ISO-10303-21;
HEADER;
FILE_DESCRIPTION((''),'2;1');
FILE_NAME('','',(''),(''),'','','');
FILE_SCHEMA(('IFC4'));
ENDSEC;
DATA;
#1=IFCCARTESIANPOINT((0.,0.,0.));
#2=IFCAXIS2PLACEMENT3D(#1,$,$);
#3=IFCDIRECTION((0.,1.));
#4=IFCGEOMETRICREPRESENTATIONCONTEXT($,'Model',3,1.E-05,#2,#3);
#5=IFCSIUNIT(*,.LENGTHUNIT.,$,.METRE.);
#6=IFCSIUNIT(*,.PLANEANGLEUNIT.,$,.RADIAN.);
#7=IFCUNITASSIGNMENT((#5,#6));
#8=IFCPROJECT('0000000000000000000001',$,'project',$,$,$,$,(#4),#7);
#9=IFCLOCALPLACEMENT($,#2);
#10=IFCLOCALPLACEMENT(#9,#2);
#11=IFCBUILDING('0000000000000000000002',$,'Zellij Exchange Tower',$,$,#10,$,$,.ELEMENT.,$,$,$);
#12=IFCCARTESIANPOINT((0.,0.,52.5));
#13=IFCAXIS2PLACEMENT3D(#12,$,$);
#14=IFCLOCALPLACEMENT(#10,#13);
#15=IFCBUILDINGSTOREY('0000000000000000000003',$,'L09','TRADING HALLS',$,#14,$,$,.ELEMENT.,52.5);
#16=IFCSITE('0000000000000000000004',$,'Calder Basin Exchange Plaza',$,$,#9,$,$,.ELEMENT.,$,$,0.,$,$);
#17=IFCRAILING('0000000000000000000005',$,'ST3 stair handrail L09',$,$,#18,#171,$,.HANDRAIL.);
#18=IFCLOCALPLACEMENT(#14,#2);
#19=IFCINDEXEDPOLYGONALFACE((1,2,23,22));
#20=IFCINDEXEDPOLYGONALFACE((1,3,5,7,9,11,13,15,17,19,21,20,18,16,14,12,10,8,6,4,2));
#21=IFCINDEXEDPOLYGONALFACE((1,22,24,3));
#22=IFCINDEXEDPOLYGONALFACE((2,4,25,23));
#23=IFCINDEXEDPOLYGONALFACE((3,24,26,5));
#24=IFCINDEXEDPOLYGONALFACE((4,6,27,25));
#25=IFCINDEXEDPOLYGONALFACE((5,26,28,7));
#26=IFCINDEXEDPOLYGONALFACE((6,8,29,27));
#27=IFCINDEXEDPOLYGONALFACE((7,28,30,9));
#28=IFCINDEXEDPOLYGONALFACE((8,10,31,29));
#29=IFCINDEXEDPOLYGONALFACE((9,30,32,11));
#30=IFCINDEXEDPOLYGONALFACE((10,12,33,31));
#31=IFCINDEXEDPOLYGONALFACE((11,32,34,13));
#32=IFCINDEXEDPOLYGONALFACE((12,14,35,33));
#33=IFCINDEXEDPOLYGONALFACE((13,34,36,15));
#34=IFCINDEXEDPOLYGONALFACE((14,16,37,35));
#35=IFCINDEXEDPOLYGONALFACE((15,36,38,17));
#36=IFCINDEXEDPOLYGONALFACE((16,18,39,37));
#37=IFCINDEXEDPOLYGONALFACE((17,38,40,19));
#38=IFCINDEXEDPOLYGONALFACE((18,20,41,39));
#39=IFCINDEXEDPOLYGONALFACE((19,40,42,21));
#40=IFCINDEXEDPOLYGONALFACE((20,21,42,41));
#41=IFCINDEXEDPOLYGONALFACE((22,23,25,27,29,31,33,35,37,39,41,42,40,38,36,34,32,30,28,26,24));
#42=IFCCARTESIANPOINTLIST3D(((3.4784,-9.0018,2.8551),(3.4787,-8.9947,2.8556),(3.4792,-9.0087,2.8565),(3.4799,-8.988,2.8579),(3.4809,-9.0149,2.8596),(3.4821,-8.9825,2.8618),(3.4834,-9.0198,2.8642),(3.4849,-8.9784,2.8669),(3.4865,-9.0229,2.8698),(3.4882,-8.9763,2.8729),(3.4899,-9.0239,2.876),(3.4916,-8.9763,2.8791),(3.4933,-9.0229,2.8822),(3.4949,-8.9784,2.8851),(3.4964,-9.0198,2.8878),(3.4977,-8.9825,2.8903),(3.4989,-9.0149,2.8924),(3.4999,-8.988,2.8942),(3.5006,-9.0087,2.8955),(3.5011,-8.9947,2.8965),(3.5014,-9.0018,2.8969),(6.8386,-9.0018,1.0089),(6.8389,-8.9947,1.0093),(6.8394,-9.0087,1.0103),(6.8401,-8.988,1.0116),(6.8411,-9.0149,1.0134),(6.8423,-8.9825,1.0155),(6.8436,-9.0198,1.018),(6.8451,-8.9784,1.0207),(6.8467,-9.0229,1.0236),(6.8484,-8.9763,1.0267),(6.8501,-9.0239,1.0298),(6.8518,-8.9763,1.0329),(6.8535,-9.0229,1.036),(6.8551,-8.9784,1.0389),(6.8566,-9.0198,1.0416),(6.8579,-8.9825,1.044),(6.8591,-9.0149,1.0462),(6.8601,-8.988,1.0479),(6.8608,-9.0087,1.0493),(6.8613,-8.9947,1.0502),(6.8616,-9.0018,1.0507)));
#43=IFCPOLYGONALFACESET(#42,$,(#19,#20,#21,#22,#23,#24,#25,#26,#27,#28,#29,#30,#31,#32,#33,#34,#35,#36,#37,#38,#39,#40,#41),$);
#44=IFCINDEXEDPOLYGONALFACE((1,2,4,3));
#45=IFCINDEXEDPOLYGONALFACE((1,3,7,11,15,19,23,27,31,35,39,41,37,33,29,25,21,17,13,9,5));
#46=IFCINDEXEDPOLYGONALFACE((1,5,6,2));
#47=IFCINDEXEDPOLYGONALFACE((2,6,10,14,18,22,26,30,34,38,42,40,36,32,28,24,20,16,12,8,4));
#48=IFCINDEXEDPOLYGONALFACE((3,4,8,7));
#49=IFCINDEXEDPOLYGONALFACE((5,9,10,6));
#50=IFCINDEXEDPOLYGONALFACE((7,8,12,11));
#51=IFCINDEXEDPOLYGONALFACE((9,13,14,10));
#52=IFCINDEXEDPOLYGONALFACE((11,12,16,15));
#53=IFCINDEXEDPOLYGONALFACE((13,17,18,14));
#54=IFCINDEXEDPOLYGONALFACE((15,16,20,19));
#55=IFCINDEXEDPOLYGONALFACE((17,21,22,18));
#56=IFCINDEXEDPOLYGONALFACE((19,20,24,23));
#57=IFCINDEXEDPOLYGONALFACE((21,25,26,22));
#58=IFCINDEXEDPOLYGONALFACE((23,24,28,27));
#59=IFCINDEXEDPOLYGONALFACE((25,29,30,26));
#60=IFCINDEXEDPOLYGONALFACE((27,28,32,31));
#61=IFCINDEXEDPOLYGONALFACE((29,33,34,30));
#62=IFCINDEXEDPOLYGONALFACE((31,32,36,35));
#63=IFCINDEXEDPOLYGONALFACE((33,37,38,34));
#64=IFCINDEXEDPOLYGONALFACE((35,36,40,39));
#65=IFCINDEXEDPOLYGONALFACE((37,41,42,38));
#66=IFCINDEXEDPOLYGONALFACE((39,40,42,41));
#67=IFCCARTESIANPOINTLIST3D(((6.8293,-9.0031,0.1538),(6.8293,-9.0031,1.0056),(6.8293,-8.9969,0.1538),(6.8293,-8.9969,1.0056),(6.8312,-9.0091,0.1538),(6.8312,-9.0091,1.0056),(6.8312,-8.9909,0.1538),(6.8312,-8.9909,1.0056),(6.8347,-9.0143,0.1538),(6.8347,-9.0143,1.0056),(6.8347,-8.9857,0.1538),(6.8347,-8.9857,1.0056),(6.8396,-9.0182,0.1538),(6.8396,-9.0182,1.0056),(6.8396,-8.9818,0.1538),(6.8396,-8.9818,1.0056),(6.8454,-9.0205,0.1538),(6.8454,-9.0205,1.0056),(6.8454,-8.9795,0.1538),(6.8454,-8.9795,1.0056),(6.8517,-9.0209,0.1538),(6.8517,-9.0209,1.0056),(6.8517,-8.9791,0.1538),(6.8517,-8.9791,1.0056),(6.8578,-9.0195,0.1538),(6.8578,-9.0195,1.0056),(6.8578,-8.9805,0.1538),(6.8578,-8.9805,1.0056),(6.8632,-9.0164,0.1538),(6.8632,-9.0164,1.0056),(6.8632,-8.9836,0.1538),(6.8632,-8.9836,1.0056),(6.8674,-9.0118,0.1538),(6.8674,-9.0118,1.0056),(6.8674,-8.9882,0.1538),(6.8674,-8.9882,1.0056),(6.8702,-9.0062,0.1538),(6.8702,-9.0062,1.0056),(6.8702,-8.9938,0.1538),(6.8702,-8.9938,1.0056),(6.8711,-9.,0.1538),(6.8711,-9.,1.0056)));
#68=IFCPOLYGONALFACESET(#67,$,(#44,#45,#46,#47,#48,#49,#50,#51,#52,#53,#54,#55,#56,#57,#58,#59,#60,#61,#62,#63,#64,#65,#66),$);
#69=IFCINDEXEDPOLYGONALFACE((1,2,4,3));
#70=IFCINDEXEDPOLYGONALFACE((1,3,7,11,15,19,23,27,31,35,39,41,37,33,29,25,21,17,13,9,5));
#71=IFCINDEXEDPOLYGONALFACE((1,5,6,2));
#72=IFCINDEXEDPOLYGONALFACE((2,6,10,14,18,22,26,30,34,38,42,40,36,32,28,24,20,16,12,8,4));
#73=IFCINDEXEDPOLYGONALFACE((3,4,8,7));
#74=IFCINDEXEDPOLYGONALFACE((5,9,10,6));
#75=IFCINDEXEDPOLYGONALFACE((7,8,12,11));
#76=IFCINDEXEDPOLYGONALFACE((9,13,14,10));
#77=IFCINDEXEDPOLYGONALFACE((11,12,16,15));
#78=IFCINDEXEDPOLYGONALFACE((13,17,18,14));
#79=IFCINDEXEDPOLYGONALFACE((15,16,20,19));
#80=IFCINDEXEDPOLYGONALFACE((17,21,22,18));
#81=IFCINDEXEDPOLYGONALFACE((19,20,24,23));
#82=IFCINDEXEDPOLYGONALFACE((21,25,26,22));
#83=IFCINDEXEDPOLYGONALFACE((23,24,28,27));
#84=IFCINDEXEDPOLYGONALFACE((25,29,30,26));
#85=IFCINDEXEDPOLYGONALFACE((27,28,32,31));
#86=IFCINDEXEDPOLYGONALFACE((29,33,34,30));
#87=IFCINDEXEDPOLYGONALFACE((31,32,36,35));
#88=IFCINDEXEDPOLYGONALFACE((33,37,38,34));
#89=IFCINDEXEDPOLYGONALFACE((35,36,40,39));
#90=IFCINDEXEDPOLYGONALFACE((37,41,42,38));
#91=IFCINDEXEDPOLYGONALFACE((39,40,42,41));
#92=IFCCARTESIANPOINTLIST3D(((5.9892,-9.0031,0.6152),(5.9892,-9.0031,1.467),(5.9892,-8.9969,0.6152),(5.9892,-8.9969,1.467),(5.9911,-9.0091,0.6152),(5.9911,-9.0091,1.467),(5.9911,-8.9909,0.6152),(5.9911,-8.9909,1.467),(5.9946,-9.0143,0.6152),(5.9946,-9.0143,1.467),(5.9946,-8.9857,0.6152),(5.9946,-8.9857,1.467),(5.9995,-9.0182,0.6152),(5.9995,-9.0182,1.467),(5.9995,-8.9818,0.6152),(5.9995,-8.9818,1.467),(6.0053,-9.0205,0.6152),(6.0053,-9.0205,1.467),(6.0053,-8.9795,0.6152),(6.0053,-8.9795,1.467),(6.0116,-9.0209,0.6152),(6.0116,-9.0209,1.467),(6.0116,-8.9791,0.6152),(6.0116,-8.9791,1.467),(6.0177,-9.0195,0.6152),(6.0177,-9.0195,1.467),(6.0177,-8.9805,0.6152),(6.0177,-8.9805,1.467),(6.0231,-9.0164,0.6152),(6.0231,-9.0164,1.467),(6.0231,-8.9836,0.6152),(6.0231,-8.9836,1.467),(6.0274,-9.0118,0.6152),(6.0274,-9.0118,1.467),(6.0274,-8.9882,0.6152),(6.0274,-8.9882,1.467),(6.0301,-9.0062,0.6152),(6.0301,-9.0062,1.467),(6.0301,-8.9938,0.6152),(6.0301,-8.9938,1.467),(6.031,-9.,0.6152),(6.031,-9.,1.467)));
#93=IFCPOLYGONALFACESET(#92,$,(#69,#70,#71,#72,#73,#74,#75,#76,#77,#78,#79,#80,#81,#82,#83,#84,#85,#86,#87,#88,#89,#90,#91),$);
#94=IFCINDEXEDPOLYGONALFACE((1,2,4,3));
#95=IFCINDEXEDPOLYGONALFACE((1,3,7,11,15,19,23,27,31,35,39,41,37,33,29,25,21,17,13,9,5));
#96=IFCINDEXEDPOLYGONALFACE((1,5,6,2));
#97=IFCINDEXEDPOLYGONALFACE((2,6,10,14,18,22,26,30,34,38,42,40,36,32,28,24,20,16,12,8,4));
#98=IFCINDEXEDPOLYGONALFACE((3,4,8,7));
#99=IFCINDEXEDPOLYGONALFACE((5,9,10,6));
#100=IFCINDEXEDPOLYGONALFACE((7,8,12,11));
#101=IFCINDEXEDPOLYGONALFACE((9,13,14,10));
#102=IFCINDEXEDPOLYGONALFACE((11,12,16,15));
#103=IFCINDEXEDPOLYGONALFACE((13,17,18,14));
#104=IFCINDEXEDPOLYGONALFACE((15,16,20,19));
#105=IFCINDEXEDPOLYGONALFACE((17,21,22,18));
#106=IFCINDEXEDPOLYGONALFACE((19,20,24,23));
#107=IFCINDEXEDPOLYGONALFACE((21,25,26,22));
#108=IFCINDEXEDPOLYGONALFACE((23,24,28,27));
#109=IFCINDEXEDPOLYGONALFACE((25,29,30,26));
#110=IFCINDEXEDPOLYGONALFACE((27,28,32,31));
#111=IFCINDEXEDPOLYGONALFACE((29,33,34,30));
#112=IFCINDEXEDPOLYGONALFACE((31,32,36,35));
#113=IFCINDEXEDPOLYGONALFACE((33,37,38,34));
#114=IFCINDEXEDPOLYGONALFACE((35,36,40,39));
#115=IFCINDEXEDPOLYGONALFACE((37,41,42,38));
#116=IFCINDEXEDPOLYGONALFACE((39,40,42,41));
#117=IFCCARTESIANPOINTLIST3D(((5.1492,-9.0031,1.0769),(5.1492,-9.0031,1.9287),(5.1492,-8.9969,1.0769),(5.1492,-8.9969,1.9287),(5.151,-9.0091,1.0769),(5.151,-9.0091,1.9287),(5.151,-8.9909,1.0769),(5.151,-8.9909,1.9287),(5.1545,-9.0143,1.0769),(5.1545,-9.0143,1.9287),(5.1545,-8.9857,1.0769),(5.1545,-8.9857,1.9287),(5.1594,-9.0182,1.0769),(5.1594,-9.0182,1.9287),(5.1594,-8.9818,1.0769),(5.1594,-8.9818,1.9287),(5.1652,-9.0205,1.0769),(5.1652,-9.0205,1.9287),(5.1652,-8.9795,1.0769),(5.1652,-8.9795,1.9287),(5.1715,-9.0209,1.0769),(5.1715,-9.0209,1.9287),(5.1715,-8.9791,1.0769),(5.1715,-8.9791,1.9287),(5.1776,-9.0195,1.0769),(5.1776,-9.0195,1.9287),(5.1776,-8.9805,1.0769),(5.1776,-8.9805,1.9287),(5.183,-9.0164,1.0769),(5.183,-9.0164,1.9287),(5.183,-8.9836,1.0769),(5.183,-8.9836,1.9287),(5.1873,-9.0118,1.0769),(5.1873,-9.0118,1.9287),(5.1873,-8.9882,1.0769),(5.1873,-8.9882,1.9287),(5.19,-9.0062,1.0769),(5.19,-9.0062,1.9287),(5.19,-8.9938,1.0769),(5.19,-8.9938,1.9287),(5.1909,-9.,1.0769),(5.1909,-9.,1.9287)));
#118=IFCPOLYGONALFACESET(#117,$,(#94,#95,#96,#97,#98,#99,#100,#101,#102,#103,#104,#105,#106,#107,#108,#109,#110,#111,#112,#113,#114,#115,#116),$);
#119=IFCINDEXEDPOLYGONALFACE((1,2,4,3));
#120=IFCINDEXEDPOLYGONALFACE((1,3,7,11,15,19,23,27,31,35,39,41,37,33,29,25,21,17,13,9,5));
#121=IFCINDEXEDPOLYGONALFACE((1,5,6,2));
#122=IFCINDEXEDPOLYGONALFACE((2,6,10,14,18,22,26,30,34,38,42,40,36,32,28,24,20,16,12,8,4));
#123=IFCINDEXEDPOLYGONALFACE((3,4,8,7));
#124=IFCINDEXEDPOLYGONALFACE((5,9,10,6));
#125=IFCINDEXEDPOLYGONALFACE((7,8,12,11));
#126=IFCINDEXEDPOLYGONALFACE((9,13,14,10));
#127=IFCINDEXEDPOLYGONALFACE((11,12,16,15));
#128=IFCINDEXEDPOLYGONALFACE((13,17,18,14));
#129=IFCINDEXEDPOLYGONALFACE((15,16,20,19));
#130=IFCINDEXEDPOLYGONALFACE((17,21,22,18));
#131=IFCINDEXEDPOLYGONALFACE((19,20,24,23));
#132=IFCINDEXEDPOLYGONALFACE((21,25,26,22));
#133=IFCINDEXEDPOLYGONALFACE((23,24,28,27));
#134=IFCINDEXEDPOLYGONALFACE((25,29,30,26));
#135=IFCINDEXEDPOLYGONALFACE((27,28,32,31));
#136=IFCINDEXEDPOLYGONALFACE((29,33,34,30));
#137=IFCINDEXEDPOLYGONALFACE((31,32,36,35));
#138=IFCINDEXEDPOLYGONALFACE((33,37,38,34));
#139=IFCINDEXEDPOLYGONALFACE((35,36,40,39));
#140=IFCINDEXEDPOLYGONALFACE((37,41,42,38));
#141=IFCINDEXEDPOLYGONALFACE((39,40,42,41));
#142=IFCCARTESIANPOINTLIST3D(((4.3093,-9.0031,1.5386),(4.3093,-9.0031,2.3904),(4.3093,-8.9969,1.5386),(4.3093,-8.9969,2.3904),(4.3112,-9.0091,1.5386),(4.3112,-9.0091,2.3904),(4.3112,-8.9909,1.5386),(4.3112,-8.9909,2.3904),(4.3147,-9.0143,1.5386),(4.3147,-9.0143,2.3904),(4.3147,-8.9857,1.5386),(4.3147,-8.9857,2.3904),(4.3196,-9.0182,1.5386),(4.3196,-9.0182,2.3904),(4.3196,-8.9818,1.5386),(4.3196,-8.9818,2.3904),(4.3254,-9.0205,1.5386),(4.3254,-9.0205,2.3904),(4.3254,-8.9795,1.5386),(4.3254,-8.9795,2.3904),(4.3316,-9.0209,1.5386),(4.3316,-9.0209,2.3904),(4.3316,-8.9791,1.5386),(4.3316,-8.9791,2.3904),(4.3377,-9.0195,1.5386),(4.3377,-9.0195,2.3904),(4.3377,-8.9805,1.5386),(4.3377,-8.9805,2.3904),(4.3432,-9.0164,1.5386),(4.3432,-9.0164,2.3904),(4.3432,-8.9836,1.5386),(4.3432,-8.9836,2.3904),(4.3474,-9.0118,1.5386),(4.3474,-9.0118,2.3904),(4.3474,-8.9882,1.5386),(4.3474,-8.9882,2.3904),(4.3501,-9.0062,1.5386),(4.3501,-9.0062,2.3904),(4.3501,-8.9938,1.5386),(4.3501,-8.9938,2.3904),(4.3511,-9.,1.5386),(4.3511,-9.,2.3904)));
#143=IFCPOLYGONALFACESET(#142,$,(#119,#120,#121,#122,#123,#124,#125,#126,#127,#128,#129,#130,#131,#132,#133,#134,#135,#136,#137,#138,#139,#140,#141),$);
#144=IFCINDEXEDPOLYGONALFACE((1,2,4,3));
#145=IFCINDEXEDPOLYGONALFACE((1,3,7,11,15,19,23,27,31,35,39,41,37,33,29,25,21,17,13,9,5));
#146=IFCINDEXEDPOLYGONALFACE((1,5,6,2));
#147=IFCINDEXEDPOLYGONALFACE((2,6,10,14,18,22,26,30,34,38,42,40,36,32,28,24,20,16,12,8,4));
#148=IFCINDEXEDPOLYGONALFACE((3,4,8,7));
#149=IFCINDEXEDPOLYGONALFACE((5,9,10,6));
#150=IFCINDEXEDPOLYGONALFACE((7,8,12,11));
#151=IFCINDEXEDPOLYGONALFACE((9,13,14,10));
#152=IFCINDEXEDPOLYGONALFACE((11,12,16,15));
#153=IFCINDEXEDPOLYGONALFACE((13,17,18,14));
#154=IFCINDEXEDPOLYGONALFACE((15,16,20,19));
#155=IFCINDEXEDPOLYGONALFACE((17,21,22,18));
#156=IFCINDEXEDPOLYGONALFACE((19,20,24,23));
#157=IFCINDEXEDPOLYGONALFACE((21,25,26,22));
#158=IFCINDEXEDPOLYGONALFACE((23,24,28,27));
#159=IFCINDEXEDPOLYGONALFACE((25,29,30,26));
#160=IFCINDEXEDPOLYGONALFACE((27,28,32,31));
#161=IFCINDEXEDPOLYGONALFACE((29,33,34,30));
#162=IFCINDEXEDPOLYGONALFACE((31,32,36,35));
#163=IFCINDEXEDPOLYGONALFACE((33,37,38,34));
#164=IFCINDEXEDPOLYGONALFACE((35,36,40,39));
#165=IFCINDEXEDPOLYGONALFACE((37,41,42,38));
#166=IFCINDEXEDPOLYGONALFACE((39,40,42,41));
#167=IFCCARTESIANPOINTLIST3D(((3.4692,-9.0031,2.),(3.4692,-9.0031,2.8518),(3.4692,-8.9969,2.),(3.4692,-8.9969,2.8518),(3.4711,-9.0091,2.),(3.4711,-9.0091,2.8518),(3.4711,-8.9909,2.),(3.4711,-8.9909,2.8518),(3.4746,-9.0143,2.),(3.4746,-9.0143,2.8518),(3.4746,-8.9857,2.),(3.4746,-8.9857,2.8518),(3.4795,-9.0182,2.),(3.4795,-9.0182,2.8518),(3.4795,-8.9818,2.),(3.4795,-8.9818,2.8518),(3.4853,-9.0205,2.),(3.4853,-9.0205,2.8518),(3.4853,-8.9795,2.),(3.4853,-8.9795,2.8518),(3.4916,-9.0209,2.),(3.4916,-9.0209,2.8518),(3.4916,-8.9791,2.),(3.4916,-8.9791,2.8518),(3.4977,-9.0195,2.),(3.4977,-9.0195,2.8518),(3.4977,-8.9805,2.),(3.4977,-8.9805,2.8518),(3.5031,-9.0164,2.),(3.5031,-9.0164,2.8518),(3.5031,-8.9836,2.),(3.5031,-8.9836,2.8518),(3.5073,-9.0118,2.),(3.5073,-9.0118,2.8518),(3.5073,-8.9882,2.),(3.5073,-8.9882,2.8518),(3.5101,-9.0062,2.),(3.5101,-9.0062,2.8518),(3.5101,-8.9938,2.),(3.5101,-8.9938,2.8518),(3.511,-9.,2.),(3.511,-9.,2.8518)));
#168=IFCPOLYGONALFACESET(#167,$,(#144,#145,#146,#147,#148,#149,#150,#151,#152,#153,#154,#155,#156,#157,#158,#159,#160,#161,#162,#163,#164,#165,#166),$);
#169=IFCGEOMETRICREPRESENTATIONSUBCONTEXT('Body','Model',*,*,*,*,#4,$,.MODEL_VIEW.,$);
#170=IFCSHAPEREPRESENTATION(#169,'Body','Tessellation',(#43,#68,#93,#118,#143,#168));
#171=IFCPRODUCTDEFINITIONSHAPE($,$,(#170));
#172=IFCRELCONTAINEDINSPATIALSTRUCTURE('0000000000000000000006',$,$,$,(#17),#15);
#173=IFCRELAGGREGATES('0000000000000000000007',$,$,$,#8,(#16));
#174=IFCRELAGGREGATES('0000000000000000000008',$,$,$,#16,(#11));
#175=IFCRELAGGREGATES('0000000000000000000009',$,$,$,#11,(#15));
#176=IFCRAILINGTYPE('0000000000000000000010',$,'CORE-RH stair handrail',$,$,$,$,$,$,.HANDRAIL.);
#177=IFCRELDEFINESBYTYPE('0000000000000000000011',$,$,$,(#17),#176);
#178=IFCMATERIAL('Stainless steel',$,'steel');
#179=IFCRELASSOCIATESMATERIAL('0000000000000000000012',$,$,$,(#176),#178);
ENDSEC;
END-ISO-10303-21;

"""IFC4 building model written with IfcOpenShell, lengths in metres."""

from ifc_helpers import new_model, si_unit, direction, frame, origin, origin_2d, place, context, subcontext, project, spatial, circle, extrude, material, type_object, element, save


model = new_model("IFC4")

# Units and contexts
model_context = context("Model", 3, precision=1e-05, world=origin(), true_north=direction((0.0, 1.0)))
body_context = subcontext(model_context, "Body", "Model", "MODEL_VIEW")
ifc_project = project(units=[si_unit("LENGTHUNIT", "METRE"), si_unit("PLANEANGLEUNIT", "RADIAN")], contexts=[model_context])

# Site, building, storey
site_placement = place(None, origin())
site = spatial("IfcSite", under=ifc_project, at=site_placement, Name="Calder Basin Exchange Plaza", CompositionType="ELEMENT", RefElevation=0.0)
building_placement = place(site_placement, origin())
building = spatial("IfcBuilding", under=site, at=building_placement, Name="Zellij Exchange Tower", CompositionType="ELEMENT")
storey_placement = place(building_placement, frame((0.0, 0.0, 52.5)))
storey = spatial("IfcBuildingStorey", under=building, at=storey_placement, Name="L09", Description="TRADING HALLS", CompositionType="ELEMENT", Elevation=52.5)

# Railing
ifc_material_1 = material(Name="Stainless steel", Category="steel")
railing_type_1 = type_object("IfcRailingType", Name="CORE-RH stair handrail", PredefinedType="HANDRAIL", material=ifc_material_1)
railing_1_placement = place(storey_placement, frame((6.8501, -9.0, 0.1538)))
element("IfcRailing", 1, at=railing_1_placement, inside=storey, type_object=railing_type_1, Name="ST3 stair handrail L09", PredefinedType="HANDRAIL", context=body_context, shape_type="SweptSolid", body=[
    extrude(circle(Radius=0.0239, at=origin_2d()), frame((0.0, 0.0, 0.876), z_axis=(-0.876422, 0.0, 0.481545), x_axis=(0.0, -1.0, 0.0)), (0.0, 0.0, 1.0), 3.834),
    extrude(circle(Radius=0.021, at=origin_2d()), origin(), (0.0, 0.0, 1.0), 0.8518),
    extrude(circle(Radius=0.021, at=origin_2d()), frame((-0.8401, 0.0, 0.4614)), (0.0, 0.0, 1.0), 0.8518),
    extrude(circle(Radius=0.021, at=origin_2d()), frame((-1.6802, 0.0, 0.9231)), (0.0, 0.0, 1.0), 0.8518),
    extrude(circle(Radius=0.021, at=origin_2d()), frame((-2.52, 0.0, 1.3848)), (0.0, 0.0, 1.0), 0.8518),
    extrude(circle(Radius=0.021, at=origin_2d()), frame((-3.3601, 0.0, 1.8462)), (0.0, 0.0, 1.0), 0.8518),
])

save(model, "model.ifc")
